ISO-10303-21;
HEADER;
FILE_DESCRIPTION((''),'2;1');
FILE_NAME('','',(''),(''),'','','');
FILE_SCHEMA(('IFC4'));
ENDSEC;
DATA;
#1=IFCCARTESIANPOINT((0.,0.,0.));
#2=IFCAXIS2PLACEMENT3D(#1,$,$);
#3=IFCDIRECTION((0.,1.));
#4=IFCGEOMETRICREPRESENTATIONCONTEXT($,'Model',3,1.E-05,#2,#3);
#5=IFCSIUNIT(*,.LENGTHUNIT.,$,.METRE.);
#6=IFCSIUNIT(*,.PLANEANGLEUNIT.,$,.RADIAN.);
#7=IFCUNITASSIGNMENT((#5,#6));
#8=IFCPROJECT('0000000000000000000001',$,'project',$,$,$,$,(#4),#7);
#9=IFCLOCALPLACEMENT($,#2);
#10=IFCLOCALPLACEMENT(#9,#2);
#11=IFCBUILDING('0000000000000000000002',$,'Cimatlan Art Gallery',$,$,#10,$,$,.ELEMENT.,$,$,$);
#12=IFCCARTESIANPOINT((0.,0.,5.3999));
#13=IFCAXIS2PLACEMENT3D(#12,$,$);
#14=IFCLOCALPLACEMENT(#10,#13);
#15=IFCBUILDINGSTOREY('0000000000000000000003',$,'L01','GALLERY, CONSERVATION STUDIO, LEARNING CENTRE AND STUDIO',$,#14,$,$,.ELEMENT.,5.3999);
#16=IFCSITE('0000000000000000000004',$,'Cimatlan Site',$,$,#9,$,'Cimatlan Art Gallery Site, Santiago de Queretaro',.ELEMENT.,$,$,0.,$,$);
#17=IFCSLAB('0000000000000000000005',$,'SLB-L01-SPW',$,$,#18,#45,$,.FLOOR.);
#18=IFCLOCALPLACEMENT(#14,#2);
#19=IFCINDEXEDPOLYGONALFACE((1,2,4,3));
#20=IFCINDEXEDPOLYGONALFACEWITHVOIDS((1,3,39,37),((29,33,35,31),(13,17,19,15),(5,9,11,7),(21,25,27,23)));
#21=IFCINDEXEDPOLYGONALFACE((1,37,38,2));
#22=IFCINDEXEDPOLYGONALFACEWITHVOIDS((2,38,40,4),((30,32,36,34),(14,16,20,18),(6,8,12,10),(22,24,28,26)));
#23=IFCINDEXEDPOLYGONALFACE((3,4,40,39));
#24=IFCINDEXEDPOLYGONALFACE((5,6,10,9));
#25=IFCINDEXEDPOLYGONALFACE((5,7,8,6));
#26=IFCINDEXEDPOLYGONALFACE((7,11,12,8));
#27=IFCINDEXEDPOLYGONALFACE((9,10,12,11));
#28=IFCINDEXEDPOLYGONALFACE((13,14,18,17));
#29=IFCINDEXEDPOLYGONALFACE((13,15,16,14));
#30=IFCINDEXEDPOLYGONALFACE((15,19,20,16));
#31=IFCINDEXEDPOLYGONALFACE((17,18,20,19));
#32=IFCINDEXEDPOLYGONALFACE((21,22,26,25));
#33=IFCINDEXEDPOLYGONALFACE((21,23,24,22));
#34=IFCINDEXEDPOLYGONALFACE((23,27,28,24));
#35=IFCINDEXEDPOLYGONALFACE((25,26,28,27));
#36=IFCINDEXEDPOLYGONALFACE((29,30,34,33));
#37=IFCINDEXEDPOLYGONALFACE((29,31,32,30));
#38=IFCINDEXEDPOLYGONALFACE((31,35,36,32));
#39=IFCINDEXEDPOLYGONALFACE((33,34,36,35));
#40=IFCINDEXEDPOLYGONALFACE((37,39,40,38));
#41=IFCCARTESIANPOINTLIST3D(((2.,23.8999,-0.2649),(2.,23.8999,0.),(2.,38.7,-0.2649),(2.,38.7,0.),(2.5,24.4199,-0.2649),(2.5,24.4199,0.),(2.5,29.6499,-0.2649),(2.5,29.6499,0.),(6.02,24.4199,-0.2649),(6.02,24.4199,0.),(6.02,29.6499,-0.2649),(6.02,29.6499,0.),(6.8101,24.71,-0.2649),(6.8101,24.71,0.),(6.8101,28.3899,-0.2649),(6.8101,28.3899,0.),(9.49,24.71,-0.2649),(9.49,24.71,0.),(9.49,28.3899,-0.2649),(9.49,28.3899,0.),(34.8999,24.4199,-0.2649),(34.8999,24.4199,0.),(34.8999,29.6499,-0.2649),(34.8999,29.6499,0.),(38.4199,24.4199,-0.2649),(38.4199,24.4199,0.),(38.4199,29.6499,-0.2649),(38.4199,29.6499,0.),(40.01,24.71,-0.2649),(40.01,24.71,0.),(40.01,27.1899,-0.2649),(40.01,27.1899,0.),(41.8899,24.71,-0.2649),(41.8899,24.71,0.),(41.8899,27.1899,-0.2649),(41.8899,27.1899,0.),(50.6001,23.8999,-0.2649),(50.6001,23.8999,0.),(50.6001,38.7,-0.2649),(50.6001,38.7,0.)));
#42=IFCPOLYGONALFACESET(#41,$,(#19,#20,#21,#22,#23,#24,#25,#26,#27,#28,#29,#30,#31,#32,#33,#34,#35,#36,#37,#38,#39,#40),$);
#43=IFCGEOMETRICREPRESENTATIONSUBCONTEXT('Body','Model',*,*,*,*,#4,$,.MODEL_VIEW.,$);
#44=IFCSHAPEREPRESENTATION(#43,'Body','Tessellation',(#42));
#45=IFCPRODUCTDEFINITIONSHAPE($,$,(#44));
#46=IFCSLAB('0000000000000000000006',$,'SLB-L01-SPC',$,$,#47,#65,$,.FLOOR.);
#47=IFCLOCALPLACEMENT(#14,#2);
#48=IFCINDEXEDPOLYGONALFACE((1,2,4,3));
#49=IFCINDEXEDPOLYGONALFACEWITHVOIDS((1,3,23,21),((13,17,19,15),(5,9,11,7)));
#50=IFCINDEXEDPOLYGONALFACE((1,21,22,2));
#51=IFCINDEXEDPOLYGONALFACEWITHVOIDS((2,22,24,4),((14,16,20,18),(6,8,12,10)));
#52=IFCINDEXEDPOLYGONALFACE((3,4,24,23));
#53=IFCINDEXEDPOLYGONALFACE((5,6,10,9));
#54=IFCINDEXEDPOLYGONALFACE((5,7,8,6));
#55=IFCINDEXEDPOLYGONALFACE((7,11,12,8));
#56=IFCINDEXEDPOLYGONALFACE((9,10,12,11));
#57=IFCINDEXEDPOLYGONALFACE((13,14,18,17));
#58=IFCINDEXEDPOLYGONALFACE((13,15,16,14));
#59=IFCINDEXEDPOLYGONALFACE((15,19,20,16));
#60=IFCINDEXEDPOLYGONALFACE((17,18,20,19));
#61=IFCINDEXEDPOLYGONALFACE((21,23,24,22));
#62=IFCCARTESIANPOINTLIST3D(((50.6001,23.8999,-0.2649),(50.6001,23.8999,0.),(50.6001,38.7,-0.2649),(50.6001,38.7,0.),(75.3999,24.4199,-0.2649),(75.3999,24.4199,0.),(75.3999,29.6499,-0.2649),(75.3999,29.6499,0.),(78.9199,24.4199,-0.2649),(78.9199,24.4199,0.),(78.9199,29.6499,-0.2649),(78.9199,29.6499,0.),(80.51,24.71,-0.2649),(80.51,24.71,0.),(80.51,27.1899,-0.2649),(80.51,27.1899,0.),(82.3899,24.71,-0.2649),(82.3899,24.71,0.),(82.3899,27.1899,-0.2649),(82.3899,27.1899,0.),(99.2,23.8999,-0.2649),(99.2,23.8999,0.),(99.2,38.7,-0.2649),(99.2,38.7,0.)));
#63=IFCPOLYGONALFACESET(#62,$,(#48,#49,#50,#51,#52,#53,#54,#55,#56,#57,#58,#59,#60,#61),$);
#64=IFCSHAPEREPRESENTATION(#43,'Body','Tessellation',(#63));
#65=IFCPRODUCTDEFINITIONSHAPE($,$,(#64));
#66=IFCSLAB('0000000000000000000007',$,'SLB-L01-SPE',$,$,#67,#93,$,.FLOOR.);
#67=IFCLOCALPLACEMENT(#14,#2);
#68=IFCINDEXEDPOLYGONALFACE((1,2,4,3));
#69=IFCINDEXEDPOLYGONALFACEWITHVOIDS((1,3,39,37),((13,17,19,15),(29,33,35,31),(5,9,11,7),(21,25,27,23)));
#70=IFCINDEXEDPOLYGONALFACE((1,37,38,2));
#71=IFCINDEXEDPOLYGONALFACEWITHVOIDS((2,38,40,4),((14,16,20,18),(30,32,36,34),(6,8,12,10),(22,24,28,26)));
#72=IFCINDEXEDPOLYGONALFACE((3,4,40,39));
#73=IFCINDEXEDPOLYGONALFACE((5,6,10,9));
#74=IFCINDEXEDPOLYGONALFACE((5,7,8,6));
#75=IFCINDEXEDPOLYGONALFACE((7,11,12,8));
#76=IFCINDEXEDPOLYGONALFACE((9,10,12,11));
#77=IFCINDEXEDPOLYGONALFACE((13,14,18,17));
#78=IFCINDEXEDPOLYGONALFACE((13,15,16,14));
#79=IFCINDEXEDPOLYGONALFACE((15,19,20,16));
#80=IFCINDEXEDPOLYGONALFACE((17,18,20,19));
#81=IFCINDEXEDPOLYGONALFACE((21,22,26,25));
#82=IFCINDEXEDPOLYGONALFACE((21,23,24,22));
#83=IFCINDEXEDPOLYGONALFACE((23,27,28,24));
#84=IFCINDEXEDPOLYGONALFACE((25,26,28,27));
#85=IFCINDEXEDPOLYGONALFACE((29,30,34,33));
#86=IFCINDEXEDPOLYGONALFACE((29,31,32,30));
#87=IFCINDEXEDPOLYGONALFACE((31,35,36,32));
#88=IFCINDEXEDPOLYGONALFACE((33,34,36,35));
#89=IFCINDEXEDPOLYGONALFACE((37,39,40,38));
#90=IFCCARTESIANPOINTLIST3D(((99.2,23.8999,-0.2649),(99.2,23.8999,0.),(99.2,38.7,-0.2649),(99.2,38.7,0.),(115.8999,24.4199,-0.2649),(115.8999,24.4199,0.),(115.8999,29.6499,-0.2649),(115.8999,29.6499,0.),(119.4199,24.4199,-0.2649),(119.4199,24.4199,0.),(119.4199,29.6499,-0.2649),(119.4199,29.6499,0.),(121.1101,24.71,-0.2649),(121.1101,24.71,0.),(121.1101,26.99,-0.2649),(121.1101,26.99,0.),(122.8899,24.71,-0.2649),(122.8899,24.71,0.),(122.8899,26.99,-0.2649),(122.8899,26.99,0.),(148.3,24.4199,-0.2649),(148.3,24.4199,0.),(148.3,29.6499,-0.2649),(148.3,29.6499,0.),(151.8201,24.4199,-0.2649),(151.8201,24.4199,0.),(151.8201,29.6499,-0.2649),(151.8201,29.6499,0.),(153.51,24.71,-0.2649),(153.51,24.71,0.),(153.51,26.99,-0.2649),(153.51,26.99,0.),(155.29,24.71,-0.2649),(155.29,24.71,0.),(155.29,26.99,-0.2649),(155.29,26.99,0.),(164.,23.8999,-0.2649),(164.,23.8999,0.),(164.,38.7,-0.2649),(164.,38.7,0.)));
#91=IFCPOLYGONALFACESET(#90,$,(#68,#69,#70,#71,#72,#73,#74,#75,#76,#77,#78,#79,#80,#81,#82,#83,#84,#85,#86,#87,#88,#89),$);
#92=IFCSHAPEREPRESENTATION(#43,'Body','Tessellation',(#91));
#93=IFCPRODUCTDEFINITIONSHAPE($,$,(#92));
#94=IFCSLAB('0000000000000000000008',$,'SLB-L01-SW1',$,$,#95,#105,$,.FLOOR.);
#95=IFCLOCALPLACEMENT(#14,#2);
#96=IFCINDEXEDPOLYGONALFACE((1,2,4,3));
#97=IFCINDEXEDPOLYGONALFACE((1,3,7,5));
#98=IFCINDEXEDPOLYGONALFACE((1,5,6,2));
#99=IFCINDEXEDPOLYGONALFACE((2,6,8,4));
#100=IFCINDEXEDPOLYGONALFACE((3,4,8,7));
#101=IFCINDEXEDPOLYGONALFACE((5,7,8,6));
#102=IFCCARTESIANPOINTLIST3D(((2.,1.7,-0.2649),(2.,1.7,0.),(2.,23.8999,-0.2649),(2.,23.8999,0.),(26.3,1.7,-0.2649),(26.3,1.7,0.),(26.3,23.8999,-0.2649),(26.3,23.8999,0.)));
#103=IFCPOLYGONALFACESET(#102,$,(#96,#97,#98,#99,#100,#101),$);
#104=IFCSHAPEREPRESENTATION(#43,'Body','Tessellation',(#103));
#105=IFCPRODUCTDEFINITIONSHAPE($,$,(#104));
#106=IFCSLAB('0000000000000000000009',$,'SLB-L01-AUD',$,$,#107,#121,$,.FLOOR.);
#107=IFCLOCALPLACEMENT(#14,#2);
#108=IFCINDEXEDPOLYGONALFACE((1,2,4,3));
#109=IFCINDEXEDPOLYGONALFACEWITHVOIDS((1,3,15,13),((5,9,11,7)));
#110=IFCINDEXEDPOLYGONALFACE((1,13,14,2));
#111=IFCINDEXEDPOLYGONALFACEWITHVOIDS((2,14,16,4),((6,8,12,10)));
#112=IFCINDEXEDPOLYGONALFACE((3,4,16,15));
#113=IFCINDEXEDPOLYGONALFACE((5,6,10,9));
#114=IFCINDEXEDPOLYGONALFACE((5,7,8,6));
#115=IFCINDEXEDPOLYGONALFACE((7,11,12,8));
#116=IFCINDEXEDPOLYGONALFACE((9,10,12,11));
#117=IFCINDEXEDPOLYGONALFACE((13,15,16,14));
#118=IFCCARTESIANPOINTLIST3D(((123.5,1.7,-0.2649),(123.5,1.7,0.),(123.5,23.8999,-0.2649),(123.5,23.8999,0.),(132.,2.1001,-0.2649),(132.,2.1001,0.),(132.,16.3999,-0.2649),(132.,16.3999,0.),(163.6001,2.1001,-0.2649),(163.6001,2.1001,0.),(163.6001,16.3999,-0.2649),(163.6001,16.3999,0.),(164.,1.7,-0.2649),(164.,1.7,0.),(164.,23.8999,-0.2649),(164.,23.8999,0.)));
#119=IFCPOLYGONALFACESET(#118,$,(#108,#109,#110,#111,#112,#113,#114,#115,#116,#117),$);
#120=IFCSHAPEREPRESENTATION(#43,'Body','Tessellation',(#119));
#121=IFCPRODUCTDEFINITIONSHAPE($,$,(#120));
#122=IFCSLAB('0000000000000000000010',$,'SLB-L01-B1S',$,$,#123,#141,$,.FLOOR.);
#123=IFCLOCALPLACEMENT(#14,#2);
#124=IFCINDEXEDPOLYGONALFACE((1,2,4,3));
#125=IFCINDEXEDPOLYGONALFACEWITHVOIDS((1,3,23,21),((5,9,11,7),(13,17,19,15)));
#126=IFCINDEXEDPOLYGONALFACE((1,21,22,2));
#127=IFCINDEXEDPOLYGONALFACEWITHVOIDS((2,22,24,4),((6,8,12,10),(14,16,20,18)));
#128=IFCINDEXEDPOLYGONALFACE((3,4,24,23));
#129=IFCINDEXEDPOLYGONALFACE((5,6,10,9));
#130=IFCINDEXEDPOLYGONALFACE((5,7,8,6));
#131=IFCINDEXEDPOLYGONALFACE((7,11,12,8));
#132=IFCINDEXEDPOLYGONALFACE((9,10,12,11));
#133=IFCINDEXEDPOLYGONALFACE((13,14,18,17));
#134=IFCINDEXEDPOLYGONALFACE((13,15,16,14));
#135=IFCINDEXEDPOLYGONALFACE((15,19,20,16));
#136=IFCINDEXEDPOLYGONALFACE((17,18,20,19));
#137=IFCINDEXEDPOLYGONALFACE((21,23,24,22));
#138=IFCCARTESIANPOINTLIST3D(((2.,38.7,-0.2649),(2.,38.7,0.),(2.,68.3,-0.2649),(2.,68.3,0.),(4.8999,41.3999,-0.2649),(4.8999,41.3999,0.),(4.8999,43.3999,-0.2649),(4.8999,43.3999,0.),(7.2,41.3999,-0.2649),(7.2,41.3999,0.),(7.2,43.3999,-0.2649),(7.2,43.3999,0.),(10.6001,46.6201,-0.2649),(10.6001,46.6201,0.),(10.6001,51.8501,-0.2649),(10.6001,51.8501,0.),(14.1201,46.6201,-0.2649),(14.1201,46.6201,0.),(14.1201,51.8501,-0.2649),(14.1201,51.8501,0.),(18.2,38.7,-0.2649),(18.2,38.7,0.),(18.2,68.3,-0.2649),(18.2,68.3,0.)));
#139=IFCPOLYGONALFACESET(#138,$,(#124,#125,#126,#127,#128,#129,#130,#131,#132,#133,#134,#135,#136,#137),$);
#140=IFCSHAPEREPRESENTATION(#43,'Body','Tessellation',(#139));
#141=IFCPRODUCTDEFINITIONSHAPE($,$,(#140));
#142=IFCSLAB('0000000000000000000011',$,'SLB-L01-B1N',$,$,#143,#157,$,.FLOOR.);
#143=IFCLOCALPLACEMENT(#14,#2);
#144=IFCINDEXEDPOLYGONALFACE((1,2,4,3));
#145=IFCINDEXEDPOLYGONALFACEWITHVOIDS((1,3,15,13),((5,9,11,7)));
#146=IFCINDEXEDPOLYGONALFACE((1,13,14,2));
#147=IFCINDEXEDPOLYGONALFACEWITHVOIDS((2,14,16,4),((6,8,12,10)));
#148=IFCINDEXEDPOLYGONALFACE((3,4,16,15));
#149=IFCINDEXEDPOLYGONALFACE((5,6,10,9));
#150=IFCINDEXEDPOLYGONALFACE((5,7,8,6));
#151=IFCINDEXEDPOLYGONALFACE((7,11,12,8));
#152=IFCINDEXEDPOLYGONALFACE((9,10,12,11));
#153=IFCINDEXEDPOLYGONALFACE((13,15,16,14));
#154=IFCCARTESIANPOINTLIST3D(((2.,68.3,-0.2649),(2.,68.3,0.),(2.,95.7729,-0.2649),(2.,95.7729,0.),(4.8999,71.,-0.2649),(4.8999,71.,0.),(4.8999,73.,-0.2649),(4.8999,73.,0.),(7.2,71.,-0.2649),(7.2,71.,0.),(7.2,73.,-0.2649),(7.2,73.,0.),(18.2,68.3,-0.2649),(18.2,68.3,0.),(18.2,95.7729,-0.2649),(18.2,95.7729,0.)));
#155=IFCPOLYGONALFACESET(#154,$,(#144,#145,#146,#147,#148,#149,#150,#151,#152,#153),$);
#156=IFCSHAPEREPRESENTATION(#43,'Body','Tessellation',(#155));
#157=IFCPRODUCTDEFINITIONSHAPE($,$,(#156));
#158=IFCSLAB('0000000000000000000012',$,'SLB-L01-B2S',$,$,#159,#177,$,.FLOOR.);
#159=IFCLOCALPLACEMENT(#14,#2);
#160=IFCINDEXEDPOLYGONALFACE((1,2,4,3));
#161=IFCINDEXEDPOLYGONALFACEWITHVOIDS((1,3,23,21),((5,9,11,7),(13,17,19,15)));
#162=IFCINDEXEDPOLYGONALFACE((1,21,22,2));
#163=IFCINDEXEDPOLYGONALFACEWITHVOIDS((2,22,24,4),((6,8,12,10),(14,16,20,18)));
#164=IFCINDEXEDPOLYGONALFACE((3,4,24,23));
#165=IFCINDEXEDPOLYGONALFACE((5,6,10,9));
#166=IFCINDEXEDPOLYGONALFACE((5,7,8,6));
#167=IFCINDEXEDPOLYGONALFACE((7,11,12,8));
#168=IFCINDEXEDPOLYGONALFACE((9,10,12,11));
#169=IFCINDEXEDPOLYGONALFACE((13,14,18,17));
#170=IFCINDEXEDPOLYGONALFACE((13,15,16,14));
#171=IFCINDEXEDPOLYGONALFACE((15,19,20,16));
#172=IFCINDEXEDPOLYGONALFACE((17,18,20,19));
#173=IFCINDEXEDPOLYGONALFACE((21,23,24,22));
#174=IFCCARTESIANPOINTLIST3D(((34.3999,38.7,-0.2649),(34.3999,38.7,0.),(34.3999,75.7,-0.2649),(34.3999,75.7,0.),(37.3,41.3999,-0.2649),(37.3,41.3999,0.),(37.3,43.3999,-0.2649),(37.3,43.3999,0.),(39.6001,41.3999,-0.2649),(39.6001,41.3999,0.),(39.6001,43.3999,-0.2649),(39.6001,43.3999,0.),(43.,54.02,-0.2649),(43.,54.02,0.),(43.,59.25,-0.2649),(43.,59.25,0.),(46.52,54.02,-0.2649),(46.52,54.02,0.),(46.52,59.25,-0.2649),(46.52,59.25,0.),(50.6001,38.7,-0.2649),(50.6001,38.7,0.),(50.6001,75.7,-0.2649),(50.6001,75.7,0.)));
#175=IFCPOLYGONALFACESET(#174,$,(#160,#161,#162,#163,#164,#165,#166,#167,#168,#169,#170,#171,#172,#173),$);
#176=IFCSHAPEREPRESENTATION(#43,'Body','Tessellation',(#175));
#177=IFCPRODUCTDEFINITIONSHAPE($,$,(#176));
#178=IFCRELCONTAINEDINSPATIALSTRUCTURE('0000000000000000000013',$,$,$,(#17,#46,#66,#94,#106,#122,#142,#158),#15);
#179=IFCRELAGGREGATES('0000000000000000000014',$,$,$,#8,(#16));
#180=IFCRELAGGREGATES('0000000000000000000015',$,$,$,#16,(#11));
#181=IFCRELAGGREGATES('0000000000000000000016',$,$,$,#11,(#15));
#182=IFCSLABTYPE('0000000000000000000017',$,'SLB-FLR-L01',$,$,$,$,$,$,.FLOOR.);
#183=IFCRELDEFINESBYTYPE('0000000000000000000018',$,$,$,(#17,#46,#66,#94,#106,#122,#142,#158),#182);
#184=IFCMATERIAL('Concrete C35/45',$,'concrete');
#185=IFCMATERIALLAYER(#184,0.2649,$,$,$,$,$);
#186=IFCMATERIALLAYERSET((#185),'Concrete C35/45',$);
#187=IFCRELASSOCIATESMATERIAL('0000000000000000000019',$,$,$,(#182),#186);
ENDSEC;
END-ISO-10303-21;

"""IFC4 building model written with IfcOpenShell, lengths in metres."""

from ifc_helpers import new_model, si_unit, direction, frame, origin, place, context, subcontext, project, spatial, polyline, outline, extrude, material, layer, layer_set, type_object, element, save


model = new_model("IFC4")

# Units and contexts
model_context = context("Model", 3, precision=1e-05, world=origin(), true_north=direction((0.0, 1.0)))
body_context = subcontext(model_context, "Body", "Model", "MODEL_VIEW")
ifc_project = project(units=[si_unit("LENGTHUNIT", "METRE"), si_unit("PLANEANGLEUNIT", "RADIAN")], contexts=[model_context])

# Site, building, storey
site_placement = place(None, origin())
site = spatial("IfcSite", under=ifc_project, at=site_placement, Name="Cimatlan Site", LongName="Cimatlan Art Gallery Site, Santiago de Queretaro", CompositionType="ELEMENT", RefElevation=0.0)
building_placement = place(site_placement, origin())
building = spatial("IfcBuilding", under=site, at=building_placement, Name="Cimatlan Art Gallery", CompositionType="ELEMENT")
storey_placement = place(building_placement, frame((0.0, 0.0, 5.3999)))
storey = spatial("IfcBuildingStorey", under=building, at=storey_placement, Name="L01", Description="GALLERY, CONSERVATION STUDIO, LEARNING CENTRE AND STUDIO", CompositionType="ELEMENT", Elevation=5.3999)

# Slabs
ifc_material_1 = material(Name="Concrete C35/45", Category="concrete")
ifc_layer_1 = layer(ifc_material_1, 0.2649)
ifc_layer_set_1 = layer_set([ifc_layer_1], Name="Concrete C35/45")
slab_type_1 = type_object("IfcSlabType", Name="SLB-FLR-L01", PredefinedType="FLOOR", material=ifc_layer_set_1)
slab_1_placement = place(storey_placement, frame((0.0, 0.0, -0.2649)))
element("IfcSlab", 1, at=slab_1_placement, inside=storey, type_object=slab_type_1, Name="SLB-L01-SPW", PredefinedType="FLOOR", context=body_context, shape_type="SweptSolid", body=[
    extrude(outline(polyline([(2.0, 23.8999), (50.6001, 23.8999), (50.6001, 38.7), (2.0, 38.7), (2.0, 23.8999)]), holes=[polyline([(2.5, 24.4199), (6.02, 24.4199), (6.02, 29.6499), (2.5, 29.6499), (2.5, 24.4199)]), polyline([(6.8101, 24.71), (9.49, 24.71), (9.49, 28.3899), (6.8101, 28.3899), (6.8101, 24.71)]), polyline([(34.8999, 24.4199), (38.4199, 24.4199), (38.4199, 29.6499), (34.8999, 29.6499), (34.8999, 24.4199)]), polyline([(40.01, 24.71), (41.8899, 24.71), (41.8899, 27.1899), (40.01, 27.1899), (40.01, 24.71)])]), origin(), (0.0, 0.0, 1.0), 0.2649),
])
slab_2_placement = place(storey_placement, frame((0.0, 0.0, -0.2649)))
element("IfcSlab", 2, at=slab_2_placement, inside=storey, type_object=slab_type_1, Name="SLB-L01-SPC", PredefinedType="FLOOR", context=body_context, shape_type="SweptSolid", body=[
    extrude(outline(polyline([(50.6001, 23.8999), (99.2, 23.8999), (99.2, 38.7), (50.6001, 38.7), (50.6001, 23.8999)]), holes=[polyline([(75.3999, 24.4199), (78.9199, 24.4199), (78.9199, 29.6499), (75.3999, 29.6499), (75.3999, 24.4199)]), polyline([(80.51, 24.71), (82.3899, 24.71), (82.3899, 27.1899), (80.51, 27.1899), (80.51, 24.71)])]), origin(), (0.0, 0.0, 1.0), 0.2649),
])
slab_3_placement = place(storey_placement, frame((0.0, 0.0, -0.2649)))
element("IfcSlab", 3, at=slab_3_placement, inside=storey, type_object=slab_type_1, Name="SLB-L01-SPE", PredefinedType="FLOOR", context=body_context, shape_type="SweptSolid", body=[
    extrude(outline(polyline([(99.2, 23.8999), (164.0, 23.8999), (164.0, 38.7), (99.2, 38.7), (99.2, 23.8999)]), holes=[polyline([(115.8999, 24.4199), (119.4199, 24.4199), (119.4199, 29.6499), (115.8999, 29.6499), (115.8999, 24.4199)]), polyline([(121.1101, 24.71), (122.8899, 24.71), (122.8899, 26.99), (121.1101, 26.99), (121.1101, 24.71)]), polyline([(148.3, 24.4199), (151.8201, 24.4199), (151.8201, 29.6499), (148.3, 29.6499), (148.3, 24.4199)]), polyline([(153.51, 24.71), (155.29, 24.71), (155.29, 26.99), (153.51, 26.99), (153.51, 24.71)])]), origin(), (0.0, 0.0, 1.0), 0.2649),
])
slab_4_placement = place(storey_placement, frame((0.0, 0.0, -0.2649)))
element("IfcSlab", 4, at=slab_4_placement, inside=storey, type_object=slab_type_1, Name="SLB-L01-SW1", PredefinedType="FLOOR", context=body_context, shape_type="SweptSolid", body=[
    extrude(outline(polyline([(2.0, 1.7), (26.3, 1.7), (26.3, 23.8999), (2.0, 23.8999), (2.0, 1.7)])), origin(), (0.0, 0.0, 1.0), 0.2649),
])
slab_5_placement = place(storey_placement, frame((0.0, 0.0, -0.2649)))
element("IfcSlab", 5, at=slab_5_placement, inside=storey, type_object=slab_type_1, Name="SLB-L01-AUD", PredefinedType="FLOOR", context=body_context, shape_type="SweptSolid", body=[
    extrude(outline(polyline([(123.5, 1.7), (164.0, 1.7), (164.0, 23.8999), (123.5, 23.8999), (123.5, 1.7)]), holes=[polyline([(132.0, 2.1001), (163.6001, 2.1001), (163.6001, 16.3999), (132.0, 16.3999), (132.0, 2.1001)])]), origin(), (0.0, 0.0, 1.0), 0.2649),
])
slab_6_placement = place(storey_placement, frame((0.0, 0.0, -0.2649)))
element("IfcSlab", 6, at=slab_6_placement, inside=storey, type_object=slab_type_1, Name="SLB-L01-B1S", PredefinedType="FLOOR", context=body_context, shape_type="SweptSolid", body=[
    extrude(outline(polyline([(2.0, 38.7), (18.2, 38.7), (18.2, 68.3), (2.0, 68.3), (2.0, 38.7)]), holes=[polyline([(10.6001, 46.6201), (14.1201, 46.6201), (14.1201, 51.8501), (10.6001, 51.8501), (10.6001, 46.6201)]), polyline([(4.8999, 41.3999), (7.2, 41.3999), (7.2, 43.3999), (4.8999, 43.3999), (4.8999, 41.3999)])]), origin(), (0.0, 0.0, 1.0), 0.2649),
])
slab_7_placement = place(storey_placement, frame((0.0, 0.0, -0.2649)))
element("IfcSlab", 7, at=slab_7_placement, inside=storey, type_object=slab_type_1, Name="SLB-L01-B1N", PredefinedType="FLOOR", context=body_context, shape_type="SweptSolid", body=[
    extrude(outline(polyline([(2.0, 68.3), (18.2, 68.3), (18.2, 95.7729), (2.0, 95.7729), (2.0, 68.3)]), holes=[polyline([(4.8999, 71.0), (7.2, 71.0), (7.2, 73.0), (4.8999, 73.0), (4.8999, 71.0)])]), origin(), (0.0, 0.0, 1.0), 0.2649),
])
slab_8_placement = place(storey_placement, frame((0.0, 0.0, -0.2649)))
element("IfcSlab", 8, at=slab_8_placement, inside=storey, type_object=slab_type_1, Name="SLB-L01-B2S", PredefinedType="FLOOR", context=body_context, shape_type="SweptSolid", body=[
    extrude(outline(polyline([(34.3999, 38.7), (50.6001, 38.7), (50.6001, 75.7), (34.3999, 75.7), (34.3999, 38.7)]), holes=[polyline([(43.0, 54.02), (46.52, 54.02), (46.52, 59.25), (43.0, 59.25), (43.0, 54.02)]), polyline([(37.3, 41.3999), (39.6001, 41.3999), (39.6001, 43.3999), (37.3, 43.3999), (37.3, 41.3999)])]), origin(), (0.0, 0.0, 1.0), 0.2649),
])

save(model, "model.ifc")
